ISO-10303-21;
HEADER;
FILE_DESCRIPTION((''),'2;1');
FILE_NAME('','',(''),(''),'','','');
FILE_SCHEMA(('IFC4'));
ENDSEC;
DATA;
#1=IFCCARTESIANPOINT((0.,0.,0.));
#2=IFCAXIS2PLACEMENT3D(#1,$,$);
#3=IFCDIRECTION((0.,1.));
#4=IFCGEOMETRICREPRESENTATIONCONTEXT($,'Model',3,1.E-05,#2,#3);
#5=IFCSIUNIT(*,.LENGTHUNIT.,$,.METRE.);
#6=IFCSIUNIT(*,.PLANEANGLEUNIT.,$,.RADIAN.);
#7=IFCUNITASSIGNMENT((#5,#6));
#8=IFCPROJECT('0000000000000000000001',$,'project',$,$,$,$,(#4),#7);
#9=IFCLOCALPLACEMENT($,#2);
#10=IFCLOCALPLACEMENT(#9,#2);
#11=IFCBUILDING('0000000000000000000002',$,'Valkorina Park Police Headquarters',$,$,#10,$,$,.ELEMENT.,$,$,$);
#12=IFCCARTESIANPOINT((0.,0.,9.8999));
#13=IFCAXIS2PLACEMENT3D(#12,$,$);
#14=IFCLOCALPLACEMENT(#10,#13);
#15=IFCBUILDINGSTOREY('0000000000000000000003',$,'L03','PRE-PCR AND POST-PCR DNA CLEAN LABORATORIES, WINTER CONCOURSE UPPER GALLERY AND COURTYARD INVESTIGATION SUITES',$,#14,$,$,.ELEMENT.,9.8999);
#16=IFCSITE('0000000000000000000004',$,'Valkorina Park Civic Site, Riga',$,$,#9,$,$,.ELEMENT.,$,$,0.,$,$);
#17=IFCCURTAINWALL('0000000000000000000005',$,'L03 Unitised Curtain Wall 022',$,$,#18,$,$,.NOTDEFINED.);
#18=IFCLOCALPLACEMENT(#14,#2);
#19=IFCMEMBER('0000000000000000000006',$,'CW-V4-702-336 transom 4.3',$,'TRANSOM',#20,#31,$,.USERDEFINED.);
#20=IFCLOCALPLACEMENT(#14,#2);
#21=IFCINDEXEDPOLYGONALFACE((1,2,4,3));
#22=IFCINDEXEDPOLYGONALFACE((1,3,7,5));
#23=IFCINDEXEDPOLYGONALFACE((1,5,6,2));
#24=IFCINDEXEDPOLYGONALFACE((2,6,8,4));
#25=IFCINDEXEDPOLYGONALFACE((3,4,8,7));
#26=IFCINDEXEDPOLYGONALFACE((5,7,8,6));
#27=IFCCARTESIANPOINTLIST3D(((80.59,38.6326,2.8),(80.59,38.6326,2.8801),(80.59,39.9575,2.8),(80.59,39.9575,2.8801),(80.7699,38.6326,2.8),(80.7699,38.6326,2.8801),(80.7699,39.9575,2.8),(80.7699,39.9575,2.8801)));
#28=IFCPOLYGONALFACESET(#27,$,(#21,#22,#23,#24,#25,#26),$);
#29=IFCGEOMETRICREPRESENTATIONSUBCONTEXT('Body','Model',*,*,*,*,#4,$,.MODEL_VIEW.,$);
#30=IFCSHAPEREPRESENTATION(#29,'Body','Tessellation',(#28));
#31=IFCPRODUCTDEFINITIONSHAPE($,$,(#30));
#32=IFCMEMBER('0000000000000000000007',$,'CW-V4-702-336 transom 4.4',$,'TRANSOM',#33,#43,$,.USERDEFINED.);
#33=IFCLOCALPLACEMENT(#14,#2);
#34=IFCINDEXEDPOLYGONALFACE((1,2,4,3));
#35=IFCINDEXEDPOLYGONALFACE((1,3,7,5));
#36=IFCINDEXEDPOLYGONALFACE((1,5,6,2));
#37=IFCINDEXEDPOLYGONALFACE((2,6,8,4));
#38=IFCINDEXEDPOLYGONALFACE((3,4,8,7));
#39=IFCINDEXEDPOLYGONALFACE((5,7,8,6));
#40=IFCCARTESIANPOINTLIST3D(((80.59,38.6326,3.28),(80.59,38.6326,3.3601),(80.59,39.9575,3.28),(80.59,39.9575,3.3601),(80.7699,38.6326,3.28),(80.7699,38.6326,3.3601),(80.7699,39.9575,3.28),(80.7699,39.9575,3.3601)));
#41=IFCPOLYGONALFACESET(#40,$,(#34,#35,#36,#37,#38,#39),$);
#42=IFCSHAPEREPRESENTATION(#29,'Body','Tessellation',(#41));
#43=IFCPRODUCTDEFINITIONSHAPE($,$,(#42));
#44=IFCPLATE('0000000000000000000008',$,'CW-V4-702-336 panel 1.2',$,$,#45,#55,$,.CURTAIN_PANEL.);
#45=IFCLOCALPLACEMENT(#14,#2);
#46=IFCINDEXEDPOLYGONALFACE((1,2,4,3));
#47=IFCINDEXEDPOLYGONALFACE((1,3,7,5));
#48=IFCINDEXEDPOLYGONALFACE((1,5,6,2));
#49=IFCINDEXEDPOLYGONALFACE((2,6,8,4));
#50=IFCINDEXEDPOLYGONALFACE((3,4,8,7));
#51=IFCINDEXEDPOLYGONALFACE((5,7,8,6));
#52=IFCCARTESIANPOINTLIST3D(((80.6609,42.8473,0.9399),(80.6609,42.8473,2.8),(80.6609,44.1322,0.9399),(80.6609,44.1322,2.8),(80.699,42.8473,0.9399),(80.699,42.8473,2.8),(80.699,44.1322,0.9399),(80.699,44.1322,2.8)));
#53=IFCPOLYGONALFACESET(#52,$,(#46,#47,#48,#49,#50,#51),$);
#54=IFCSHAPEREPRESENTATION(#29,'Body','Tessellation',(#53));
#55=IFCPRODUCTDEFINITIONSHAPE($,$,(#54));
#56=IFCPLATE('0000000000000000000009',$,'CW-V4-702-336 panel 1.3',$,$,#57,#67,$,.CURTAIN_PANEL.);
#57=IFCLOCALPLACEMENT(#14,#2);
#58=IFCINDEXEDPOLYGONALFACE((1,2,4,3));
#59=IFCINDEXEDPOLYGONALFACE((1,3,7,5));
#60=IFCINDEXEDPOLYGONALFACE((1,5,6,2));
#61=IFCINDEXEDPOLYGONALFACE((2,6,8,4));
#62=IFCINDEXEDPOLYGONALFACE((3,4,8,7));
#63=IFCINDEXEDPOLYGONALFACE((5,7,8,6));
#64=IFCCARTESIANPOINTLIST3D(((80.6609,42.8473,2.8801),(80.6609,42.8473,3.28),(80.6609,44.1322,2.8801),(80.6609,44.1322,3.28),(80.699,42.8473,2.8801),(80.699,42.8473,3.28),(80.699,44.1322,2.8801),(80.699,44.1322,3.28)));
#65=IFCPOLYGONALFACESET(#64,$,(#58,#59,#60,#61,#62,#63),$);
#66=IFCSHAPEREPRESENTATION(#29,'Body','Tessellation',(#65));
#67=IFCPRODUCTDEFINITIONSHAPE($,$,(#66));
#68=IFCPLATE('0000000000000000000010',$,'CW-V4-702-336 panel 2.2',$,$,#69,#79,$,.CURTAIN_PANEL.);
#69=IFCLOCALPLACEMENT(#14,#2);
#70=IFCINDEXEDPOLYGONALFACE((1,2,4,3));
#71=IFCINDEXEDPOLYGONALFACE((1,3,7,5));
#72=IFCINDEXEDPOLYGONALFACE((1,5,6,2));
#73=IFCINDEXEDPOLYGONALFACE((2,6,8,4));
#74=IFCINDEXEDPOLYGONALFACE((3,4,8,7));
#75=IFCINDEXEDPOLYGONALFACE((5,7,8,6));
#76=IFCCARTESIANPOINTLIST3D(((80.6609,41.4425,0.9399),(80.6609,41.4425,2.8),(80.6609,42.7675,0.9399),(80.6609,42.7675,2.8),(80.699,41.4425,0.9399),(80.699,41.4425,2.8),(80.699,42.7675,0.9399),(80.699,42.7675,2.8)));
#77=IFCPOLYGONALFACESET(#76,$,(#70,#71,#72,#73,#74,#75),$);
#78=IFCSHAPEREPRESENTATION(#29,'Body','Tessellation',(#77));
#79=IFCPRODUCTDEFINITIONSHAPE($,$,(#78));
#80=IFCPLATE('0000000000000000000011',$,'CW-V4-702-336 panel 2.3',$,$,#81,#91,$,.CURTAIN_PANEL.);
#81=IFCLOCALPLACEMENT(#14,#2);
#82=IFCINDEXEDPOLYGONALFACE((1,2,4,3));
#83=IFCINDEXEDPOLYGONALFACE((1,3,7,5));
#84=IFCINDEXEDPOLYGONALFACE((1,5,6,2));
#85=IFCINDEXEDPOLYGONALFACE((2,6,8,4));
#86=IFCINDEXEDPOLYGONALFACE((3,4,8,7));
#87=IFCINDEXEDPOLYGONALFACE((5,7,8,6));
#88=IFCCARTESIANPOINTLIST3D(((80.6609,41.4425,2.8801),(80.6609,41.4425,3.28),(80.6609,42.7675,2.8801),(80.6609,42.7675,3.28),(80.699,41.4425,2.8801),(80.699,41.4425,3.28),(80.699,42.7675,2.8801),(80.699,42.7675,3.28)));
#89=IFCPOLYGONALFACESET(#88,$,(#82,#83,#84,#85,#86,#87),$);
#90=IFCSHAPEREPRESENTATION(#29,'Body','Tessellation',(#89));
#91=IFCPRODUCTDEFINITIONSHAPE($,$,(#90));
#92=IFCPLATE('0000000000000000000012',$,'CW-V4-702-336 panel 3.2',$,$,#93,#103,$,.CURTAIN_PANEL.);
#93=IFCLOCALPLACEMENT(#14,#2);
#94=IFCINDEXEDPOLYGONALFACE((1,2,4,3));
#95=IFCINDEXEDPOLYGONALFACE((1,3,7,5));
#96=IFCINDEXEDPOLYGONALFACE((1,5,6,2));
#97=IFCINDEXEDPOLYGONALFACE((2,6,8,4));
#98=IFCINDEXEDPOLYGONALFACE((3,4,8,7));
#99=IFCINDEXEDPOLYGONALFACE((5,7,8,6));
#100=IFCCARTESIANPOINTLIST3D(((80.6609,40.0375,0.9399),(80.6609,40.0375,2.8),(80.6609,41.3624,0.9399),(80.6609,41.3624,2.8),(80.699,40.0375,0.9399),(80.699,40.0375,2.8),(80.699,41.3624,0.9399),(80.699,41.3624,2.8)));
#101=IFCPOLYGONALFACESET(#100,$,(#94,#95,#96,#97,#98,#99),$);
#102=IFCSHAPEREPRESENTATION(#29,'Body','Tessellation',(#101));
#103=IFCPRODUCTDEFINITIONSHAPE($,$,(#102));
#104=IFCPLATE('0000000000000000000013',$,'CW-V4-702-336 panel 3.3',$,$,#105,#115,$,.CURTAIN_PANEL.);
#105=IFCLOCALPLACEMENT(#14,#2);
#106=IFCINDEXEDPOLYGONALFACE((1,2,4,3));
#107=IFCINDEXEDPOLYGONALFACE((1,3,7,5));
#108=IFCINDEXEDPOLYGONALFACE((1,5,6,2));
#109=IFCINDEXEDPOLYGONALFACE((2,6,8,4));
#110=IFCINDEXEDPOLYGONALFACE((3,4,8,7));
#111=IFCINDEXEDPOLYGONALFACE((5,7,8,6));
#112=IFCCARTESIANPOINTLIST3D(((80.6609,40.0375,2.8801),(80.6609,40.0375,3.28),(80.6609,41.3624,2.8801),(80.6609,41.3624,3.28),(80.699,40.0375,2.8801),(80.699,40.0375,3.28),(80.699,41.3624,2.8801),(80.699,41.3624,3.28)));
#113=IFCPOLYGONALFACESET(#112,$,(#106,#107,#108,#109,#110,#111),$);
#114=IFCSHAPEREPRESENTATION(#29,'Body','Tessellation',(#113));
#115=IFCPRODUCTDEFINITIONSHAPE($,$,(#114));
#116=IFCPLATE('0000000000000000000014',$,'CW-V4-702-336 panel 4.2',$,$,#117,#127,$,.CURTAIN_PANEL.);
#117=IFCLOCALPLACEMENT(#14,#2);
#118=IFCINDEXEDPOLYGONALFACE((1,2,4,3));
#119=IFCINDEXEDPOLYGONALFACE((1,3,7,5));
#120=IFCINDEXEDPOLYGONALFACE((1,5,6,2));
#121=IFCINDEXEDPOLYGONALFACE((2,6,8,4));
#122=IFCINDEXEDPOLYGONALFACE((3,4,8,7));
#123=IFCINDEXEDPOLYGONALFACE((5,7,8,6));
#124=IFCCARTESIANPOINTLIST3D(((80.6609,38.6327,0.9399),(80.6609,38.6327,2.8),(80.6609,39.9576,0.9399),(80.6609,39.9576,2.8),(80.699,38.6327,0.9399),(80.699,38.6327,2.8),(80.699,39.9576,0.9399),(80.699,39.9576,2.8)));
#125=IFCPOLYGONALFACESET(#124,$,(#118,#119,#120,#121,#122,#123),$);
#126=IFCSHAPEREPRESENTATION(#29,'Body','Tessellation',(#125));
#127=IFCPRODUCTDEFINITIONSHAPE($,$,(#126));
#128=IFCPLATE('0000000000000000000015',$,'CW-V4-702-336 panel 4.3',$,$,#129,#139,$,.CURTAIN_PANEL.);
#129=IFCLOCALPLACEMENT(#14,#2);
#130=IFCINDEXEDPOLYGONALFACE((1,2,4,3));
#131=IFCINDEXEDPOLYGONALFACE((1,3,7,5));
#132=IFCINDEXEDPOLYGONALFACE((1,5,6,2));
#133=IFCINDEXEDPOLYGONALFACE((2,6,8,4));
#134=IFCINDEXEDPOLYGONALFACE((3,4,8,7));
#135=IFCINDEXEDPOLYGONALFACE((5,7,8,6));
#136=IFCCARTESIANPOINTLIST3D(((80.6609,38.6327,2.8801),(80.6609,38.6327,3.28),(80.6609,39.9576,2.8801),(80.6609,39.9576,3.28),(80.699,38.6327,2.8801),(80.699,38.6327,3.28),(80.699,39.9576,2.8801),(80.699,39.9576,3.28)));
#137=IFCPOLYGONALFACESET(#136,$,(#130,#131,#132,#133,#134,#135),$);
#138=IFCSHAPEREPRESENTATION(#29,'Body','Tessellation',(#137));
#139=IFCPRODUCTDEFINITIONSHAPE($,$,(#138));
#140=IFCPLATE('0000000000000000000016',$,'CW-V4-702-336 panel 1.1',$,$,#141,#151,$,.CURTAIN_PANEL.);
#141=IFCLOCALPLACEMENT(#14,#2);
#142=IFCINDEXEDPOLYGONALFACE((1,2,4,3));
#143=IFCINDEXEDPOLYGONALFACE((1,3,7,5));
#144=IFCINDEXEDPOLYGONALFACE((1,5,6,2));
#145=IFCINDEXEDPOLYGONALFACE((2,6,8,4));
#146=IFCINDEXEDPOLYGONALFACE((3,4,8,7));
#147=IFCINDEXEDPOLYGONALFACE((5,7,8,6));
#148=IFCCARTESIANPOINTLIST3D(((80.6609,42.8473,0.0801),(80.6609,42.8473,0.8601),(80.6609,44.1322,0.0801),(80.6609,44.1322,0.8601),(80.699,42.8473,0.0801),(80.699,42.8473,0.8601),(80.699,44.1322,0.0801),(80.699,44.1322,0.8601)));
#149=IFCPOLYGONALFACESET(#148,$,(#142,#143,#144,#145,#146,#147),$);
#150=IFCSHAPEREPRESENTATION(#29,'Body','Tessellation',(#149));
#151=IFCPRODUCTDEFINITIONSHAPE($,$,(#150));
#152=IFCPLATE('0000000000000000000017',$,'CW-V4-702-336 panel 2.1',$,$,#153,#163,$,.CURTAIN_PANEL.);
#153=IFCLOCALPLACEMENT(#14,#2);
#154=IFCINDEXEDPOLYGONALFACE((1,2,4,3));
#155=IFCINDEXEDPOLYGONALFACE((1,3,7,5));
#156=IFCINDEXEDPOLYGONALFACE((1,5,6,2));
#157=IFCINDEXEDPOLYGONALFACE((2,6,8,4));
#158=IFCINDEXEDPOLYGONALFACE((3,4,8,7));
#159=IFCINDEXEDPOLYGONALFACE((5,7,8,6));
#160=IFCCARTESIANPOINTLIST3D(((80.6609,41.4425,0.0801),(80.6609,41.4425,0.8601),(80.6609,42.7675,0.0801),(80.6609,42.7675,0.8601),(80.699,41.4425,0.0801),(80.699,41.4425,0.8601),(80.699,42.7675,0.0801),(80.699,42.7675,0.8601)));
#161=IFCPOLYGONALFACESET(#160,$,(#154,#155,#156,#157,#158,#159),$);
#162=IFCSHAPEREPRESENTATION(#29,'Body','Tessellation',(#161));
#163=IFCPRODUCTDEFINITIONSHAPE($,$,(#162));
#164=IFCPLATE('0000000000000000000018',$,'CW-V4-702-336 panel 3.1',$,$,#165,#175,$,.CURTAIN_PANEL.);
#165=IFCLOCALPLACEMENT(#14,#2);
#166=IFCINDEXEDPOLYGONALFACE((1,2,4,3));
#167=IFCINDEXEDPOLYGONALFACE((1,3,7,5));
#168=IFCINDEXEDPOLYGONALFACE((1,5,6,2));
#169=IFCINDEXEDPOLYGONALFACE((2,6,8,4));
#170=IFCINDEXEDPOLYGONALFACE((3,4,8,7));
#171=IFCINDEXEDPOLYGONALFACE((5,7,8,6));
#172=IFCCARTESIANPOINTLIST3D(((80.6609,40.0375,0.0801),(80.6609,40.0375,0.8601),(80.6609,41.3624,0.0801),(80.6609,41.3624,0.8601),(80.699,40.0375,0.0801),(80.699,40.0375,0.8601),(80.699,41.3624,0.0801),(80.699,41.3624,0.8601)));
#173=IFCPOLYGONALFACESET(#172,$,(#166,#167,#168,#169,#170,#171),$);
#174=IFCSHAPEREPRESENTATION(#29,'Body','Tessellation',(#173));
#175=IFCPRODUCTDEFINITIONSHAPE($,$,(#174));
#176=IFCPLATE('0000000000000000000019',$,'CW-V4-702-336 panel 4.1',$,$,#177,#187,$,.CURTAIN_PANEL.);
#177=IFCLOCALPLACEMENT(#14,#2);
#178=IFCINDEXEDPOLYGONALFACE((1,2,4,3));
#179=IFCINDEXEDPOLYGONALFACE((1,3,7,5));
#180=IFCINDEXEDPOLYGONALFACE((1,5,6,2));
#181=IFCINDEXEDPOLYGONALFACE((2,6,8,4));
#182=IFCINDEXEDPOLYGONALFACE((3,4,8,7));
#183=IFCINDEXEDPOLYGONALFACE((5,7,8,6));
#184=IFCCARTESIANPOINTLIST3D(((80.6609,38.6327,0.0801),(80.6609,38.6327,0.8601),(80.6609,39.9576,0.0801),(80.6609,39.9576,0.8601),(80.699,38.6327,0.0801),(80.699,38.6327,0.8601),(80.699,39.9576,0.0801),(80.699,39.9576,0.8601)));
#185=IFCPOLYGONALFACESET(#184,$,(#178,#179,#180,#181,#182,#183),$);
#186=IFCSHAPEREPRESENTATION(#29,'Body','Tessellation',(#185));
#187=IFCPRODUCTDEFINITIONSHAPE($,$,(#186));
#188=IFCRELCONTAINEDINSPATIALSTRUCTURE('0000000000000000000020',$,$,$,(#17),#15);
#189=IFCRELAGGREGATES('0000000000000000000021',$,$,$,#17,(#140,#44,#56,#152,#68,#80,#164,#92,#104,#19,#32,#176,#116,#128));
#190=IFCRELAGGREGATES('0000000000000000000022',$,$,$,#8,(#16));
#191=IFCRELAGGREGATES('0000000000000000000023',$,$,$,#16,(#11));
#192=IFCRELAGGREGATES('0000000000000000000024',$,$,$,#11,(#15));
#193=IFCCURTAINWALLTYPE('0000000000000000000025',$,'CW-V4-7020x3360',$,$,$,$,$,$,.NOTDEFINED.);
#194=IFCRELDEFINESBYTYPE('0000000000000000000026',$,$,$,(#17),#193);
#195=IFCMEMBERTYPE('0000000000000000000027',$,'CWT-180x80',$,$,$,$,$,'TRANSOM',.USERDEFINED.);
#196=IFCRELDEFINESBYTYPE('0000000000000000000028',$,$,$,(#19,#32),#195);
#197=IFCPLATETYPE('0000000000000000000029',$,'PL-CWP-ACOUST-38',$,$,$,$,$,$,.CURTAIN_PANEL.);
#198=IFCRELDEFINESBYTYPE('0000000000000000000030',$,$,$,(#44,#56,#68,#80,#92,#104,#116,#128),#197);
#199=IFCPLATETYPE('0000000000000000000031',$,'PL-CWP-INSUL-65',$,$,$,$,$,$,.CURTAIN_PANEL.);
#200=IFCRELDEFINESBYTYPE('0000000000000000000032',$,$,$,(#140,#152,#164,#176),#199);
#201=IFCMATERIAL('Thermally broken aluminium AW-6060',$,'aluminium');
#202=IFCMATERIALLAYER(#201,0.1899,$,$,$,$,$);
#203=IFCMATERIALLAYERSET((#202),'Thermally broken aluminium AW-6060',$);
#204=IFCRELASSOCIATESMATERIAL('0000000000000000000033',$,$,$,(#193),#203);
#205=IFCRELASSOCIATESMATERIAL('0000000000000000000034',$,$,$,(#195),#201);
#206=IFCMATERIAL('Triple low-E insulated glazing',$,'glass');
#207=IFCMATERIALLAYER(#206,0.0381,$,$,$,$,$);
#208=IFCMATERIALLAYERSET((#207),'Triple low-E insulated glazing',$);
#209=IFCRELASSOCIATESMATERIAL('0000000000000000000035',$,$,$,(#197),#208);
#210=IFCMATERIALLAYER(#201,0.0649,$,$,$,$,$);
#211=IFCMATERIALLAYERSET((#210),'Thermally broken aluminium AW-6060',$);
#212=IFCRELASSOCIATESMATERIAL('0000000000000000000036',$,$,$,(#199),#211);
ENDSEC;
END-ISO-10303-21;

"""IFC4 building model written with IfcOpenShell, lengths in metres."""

from ifc_helpers import new_model, si_unit, direction, frame, origin, origin_2d, place, context, subcontext, project, spatial, rectangle, extrude, material, layer, layer_set, material_profile, profile_set, type_object, element, aggregate, save


model = new_model("IFC4")

# Units and contexts
model_context = context("Model", 3, precision=1e-05, world=origin(), true_north=direction((0.0, 1.0)))
body_context = subcontext(model_context, "Body", "Model", "MODEL_VIEW")
ifc_project = project(units=[si_unit("LENGTHUNIT", "METRE"), si_unit("PLANEANGLEUNIT", "RADIAN")], contexts=[model_context])

# Site, building, storey
site_placement = place(None, origin())
site = spatial("IfcSite", under=ifc_project, at=site_placement, Name="Valkorina Park Civic Site, Riga", CompositionType="ELEMENT", RefElevation=0.0)
building_placement = place(site_placement, origin())
building = spatial("IfcBuilding", under=site, at=building_placement, Name="Valkorina Park Police Headquarters", CompositionType="ELEMENT")
storey_placement = place(building_placement, frame((0.0, 0.0, 9.8999)))
storey = spatial("IfcBuildingStorey", under=building, at=storey_placement, Name="L03", Description="PRE-PCR AND POST-PCR DNA CLEAN LABORATORIES, WINTER CONCOURSE UPPER GALLERY AND COURTYARD INVESTIGATION SUITES", CompositionType="ELEMENT", Elevation=9.8999)

# Curtain wall, members, plates
ifc_material_1 = material(Name="Thermally broken aluminium AW-6060", Category="aluminium")
ifc_layer_1 = layer(ifc_material_1, 0.1899)
ifc_layer_set_1 = layer_set([ifc_layer_1], Name="Thermally broken aluminium AW-6060")
curtain_wall_type = type_object("IfcCurtainWallType", Name="CW-V4-7020x3360", PredefinedType="NOTDEFINED", material=ifc_layer_set_1)
curtain_wall_placement = place(storey_placement, origin())
curtain_wall = element("IfcCurtainWall", 1, at=curtain_wall_placement, inside=storey, type_object=curtain_wall_type, Name="L03 Unitised Curtain Wall 022", PredefinedType="NOTDEFINED")
ifc_material_profile_1 = material_profile(ifc_material_1, rectangle(XDim=0.1799, YDim=0.0801, at=origin_2d()), Name="CWT-03 180x80")
ifc_profile_set_1 = profile_set([ifc_material_profile_1], Name="Thermally broken aluminium AW-6060")
member_type_1 = type_object("IfcMemberType", Name="CWT-180x80", ElementType="TRANSOM", PredefinedType="USERDEFINED", material=ifc_profile_set_1)
member_1_placement = place(storey_placement, frame((80.6799, 39.9575, 2.8401), z_axis=(0.0, -1.0, 0.0), x_axis=(1.0, 0.0, 0.0)))
member_1 = element("IfcMember", 2, at=member_1_placement, type_object=member_type_1, Name="CW-V4-702-336 transom 4.3", ObjectType="TRANSOM", PredefinedType="USERDEFINED", context=body_context, shape_type="SweptSolid", body=[
    extrude(rectangle(XDim=0.1799, YDim=0.0801, at=origin_2d()), origin(), (0.0, 0.0, 1.0), 1.325),
])
member_2_placement = place(storey_placement, frame((80.6799, 39.9575, 3.3201), z_axis=(0.0, -1.0, 0.0), x_axis=(1.0, 0.0, 0.0)))
member_2 = element("IfcMember", 3, at=member_2_placement, type_object=member_type_1, Name="CW-V4-702-336 transom 4.4", ObjectType="TRANSOM", PredefinedType="USERDEFINED", context=body_context, shape_type="SweptSolid", body=[
    extrude(rectangle(XDim=0.1799, YDim=0.0801, at=origin_2d()), origin(), (0.0, 0.0, 1.0), 1.325),
])
ifc_material_2 = material(Name="Triple low-E insulated glazing", Category="glass")
ifc_layer_2 = layer(ifc_material_2, 0.0381)
ifc_layer_set_2 = layer_set([ifc_layer_2], Name="Triple low-E insulated glazing")
plate_type_1 = type_object("IfcPlateType", Name="PL-CWP-ACOUST-38", PredefinedType="CURTAIN_PANEL", material=ifc_layer_set_2)
plate_1_placement = place(storey_placement, frame((80.6799, 43.4897, 0.9399), z_axis=(0.0, 0.0, 1.0), x_axis=(0.0, -1.0, 0.0)))
plate_1 = element("IfcPlate", 4, at=plate_1_placement, type_object=plate_type_1, Name="CW-V4-702-336 panel 1.2", PredefinedType="CURTAIN_PANEL", context=body_context, shape_type="SweptSolid", body=[
    extrude(rectangle(XDim=1.2849, YDim=0.0381, at=origin_2d()), origin(), (0.0, 0.0, 1.0), 1.8601),
])
plate_2_placement = place(storey_placement, frame((80.6799, 43.4897, 2.8801), z_axis=(0.0, 0.0, 1.0), x_axis=(0.0, -1.0, 0.0)))
plate_2 = element("IfcPlate", 5, at=plate_2_placement, type_object=plate_type_1, Name="CW-V4-702-336 panel 1.3", PredefinedType="CURTAIN_PANEL", context=body_context, shape_type="SweptSolid", body=[
    extrude(rectangle(XDim=1.2849, YDim=0.0381, at=origin_2d()), origin(), (0.0, 0.0, 1.0), 0.3999),
])
plate_3_placement = place(storey_placement, frame((80.6799, 42.105, 0.9399), z_axis=(0.0, 0.0, 1.0), x_axis=(0.0, -1.0, 0.0)))
plate_3 = element("IfcPlate", 6, at=plate_3_placement, type_object=plate_type_1, Name="CW-V4-702-336 panel 2.2", PredefinedType="CURTAIN_PANEL", context=body_context, shape_type="SweptSolid", body=[
    extrude(rectangle(XDim=1.325, YDim=0.0381, at=origin_2d()), origin(), (0.0, 0.0, 1.0), 1.8601),
])
plate_4_placement = place(storey_placement, frame((80.6799, 42.105, 2.8801), z_axis=(0.0, 0.0, 1.0), x_axis=(0.0, -1.0, 0.0)))
plate_4 = element("IfcPlate", 7, at=plate_4_placement, type_object=plate_type_1, Name="CW-V4-702-336 panel 2.3", PredefinedType="CURTAIN_PANEL", context=body_context, shape_type="SweptSolid", body=[
    extrude(rectangle(XDim=1.325, YDim=0.0381, at=origin_2d()), origin(), (0.0, 0.0, 1.0), 0.3999),
])
plate_5_placement = place(storey_placement, frame((80.6799, 40.7, 0.9399), z_axis=(0.0, 0.0, 1.0), x_axis=(0.0, -1.0, 0.0)))
plate_5 = element("IfcPlate", 8, at=plate_5_placement, type_object=plate_type_1, Name="CW-V4-702-336 panel 3.2", PredefinedType="CURTAIN_PANEL", context=body_context, shape_type="SweptSolid", body=[
    extrude(rectangle(XDim=1.325, YDim=0.0381, at=origin_2d()), origin(), (0.0, 0.0, 1.0), 1.8601),
])
plate_6_placement = place(storey_placement, frame((80.6799, 40.7, 2.8801), z_axis=(0.0, 0.0, 1.0), x_axis=(0.0, -1.0, 0.0)))
plate_6 = element("IfcPlate", 9, at=plate_6_placement, type_object=plate_type_1, Name="CW-V4-702-336 panel 3.3", PredefinedType="CURTAIN_PANEL", context=body_context, shape_type="SweptSolid", body=[
    extrude(rectangle(XDim=1.325, YDim=0.0381, at=origin_2d()), origin(), (0.0, 0.0, 1.0), 0.3999),
])
plate_7_placement = place(storey_placement, frame((80.6799, 39.2952, 0.9399), z_axis=(0.0, 0.0, 1.0), x_axis=(0.0, -1.0, 0.0)))
plate_7 = element("IfcPlate", 10, at=plate_7_placement, type_object=plate_type_1, Name="CW-V4-702-336 panel 4.2", PredefinedType="CURTAIN_PANEL", context=body_context, shape_type="SweptSolid", body=[
    extrude(rectangle(XDim=1.325, YDim=0.0381, at=origin_2d()), origin(), (0.0, 0.0, 1.0), 1.8601),
])
plate_8_placement = place(storey_placement, frame((80.6799, 39.2952, 2.8801), z_axis=(0.0, 0.0, 1.0), x_axis=(0.0, -1.0, 0.0)))
plate_8 = element("IfcPlate", 11, at=plate_8_placement, type_object=plate_type_1, Name="CW-V4-702-336 panel 4.3", PredefinedType="CURTAIN_PANEL", context=body_context, shape_type="SweptSolid", body=[
    extrude(rectangle(XDim=1.325, YDim=0.0381, at=origin_2d()), origin(), (0.0, 0.0, 1.0), 0.3999),
])
ifc_layer_3 = layer(ifc_material_1, 0.0649)
ifc_layer_set_3 = layer_set([ifc_layer_3], Name="Thermally broken aluminium AW-6060")
plate_type_2 = type_object("IfcPlateType", Name="PL-CWP-INSUL-65", PredefinedType="CURTAIN_PANEL", material=ifc_layer_set_3)
plate_9_placement = place(storey_placement, frame((80.6799, 43.4897, 0.0801), z_axis=(0.0, 0.0, 1.0), x_axis=(0.0, -1.0, 0.0)))
plate_9 = element("IfcPlate", 12, at=plate_9_placement, type_object=plate_type_2, Name="CW-V4-702-336 panel 1.1", PredefinedType="CURTAIN_PANEL", context=body_context, shape_type="SweptSolid", body=[
    extrude(rectangle(XDim=1.2849, YDim=0.0381, at=origin_2d()), origin(), (0.0, 0.0, 1.0), 0.78),
])
plate_10_placement = place(storey_placement, frame((80.6799, 42.105, 0.0801), z_axis=(0.0, 0.0, 1.0), x_axis=(0.0, -1.0, 0.0)))
plate_10 = element("IfcPlate", 13, at=plate_10_placement, type_object=plate_type_2, Name="CW-V4-702-336 panel 2.1", PredefinedType="CURTAIN_PANEL", context=body_context, shape_type="SweptSolid", body=[
    extrude(rectangle(XDim=1.325, YDim=0.0381, at=origin_2d()), origin(), (0.0, 0.0, 1.0), 0.78),
])
plate_11_placement = place(storey_placement, frame((80.6799, 40.7, 0.0801), z_axis=(0.0, 0.0, 1.0), x_axis=(0.0, -1.0, 0.0)))
plate_11 = element("IfcPlate", 14, at=plate_11_placement, type_object=plate_type_2, Name="CW-V4-702-336 panel 3.1", PredefinedType="CURTAIN_PANEL", context=body_context, shape_type="SweptSolid", body=[
    extrude(rectangle(XDim=1.325, YDim=0.0381, at=origin_2d()), origin(), (0.0, 0.0, 1.0), 0.78),
])
plate_12_placement = place(storey_placement, frame((80.6799, 39.2952, 0.0801), z_axis=(0.0, 0.0, 1.0), x_axis=(0.0, -1.0, 0.0)))
plate_12 = element("IfcPlate", 15, at=plate_12_placement, type_object=plate_type_2, Name="CW-V4-702-336 panel 4.1", PredefinedType="CURTAIN_PANEL", context=body_context, shape_type="SweptSolid", body=[
    extrude(rectangle(XDim=1.325, YDim=0.0381, at=origin_2d()), origin(), (0.0, 0.0, 1.0), 0.78),
])
aggregate(curtain_wall, [plate_9, plate_1, plate_2, plate_10, plate_3, plate_4, plate_11, plate_5, plate_6, member_1, member_2, plate_12, plate_7, plate_8])

save(model, "model.ifc")
